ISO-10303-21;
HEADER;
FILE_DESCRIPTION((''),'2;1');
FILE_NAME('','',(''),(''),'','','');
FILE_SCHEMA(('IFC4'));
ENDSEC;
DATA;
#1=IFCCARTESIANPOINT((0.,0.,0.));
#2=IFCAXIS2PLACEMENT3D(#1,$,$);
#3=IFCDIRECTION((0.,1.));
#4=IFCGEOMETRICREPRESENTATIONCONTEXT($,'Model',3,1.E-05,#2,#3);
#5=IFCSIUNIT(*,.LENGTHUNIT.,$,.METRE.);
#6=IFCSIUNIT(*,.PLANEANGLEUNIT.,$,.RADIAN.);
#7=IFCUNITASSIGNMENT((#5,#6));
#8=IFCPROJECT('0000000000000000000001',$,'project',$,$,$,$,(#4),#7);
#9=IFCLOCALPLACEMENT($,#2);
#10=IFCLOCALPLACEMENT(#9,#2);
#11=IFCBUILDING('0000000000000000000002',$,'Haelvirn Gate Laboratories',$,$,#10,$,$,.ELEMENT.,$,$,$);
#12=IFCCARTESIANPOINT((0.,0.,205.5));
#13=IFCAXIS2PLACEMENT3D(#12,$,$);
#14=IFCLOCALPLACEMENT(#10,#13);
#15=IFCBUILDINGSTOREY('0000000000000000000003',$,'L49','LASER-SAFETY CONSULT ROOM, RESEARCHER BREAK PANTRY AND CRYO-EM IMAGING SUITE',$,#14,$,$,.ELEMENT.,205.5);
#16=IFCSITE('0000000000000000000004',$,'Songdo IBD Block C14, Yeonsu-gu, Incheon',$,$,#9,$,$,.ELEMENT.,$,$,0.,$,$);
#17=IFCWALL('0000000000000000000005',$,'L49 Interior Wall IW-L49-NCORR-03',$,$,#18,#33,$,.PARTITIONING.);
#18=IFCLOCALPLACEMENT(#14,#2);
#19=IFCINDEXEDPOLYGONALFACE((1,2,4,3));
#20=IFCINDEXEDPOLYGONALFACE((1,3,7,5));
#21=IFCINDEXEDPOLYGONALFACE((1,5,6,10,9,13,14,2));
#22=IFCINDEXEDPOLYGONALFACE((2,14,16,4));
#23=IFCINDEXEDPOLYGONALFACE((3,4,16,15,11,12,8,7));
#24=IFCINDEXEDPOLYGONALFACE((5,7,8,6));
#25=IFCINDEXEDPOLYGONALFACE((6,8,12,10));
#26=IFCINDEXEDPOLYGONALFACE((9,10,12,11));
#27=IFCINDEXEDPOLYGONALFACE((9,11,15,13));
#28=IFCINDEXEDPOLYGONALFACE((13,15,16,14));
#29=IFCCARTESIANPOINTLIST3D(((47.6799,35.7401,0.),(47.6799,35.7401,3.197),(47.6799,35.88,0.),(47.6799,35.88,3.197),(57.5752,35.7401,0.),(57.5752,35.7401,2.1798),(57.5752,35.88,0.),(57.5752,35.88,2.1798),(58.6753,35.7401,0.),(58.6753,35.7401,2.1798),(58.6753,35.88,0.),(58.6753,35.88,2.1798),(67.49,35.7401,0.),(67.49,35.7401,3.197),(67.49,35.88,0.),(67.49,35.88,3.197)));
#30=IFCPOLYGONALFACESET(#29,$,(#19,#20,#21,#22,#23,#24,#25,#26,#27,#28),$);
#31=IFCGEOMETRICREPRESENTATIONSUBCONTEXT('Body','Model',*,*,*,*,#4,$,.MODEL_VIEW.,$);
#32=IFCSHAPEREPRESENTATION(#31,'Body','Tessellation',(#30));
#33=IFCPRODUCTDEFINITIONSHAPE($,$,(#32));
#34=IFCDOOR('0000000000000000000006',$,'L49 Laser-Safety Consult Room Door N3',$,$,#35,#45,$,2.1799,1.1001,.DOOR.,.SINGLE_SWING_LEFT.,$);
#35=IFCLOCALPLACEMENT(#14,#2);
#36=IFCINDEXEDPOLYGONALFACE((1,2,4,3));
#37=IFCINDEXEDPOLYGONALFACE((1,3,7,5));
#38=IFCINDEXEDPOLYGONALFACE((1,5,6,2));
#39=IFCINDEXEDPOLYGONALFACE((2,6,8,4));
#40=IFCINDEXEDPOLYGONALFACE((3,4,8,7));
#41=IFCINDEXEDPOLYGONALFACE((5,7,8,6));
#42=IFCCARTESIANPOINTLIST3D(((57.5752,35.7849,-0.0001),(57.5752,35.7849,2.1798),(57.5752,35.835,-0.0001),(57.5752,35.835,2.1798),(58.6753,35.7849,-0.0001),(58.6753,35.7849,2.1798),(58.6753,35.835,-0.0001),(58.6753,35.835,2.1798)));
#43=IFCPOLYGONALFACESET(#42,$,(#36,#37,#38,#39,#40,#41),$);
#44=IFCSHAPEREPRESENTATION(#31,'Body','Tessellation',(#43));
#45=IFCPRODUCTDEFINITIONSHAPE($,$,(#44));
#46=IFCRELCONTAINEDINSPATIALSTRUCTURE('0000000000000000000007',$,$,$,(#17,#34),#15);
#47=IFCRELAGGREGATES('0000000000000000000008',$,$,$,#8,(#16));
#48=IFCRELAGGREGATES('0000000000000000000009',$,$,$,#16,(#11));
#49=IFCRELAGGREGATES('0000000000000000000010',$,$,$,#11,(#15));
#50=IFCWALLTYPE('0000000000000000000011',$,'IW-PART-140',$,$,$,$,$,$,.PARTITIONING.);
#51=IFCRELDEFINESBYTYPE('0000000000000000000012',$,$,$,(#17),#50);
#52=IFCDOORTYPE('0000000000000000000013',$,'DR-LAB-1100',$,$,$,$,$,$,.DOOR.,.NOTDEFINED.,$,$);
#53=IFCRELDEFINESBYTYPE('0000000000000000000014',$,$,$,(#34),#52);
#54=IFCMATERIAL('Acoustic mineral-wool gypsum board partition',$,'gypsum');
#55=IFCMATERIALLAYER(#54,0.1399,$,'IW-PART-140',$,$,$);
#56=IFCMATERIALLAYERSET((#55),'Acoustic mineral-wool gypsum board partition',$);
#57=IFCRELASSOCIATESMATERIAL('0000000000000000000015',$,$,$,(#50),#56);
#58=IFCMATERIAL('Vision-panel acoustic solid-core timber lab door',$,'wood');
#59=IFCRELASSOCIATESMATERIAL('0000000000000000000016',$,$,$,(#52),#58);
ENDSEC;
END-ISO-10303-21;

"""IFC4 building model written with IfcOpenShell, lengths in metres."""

from ifc_helpers import new_model, si_unit, direction, frame, frame_2d, origin, place, context, subcontext, project, spatial, rectangle, extrude, source, transform, mapped, material, layer, layer_set, type_object, type_shapes, element, fill, save


model = new_model("IFC4")

# Units and contexts
model_context = context("Model", 3, precision=1e-05, world=origin(), true_north=direction((0.0, 1.0)))
body_context = subcontext(model_context, "Body", "Model", "MODEL_VIEW")
ifc_project = project(units=[si_unit("LENGTHUNIT", "METRE"), si_unit("PLANEANGLEUNIT", "RADIAN")], contexts=[model_context])

# Site, building, storey
site_placement = place(None, origin())
site = spatial("IfcSite", under=ifc_project, at=site_placement, Name="Songdo IBD Block C14, Yeonsu-gu, Incheon", CompositionType="ELEMENT", RefElevation=0.0)
building_placement = place(site_placement, origin())
building = spatial("IfcBuilding", under=site, at=building_placement, Name="Haelvirn Gate Laboratories", CompositionType="ELEMENT")
storey_placement = place(building_placement, frame((0.0, 0.0, 205.5)))
storey = spatial("IfcBuildingStorey", under=building, at=storey_placement, Name="L49", Description="LASER-SAFETY CONSULT ROOM, RESEARCHER BREAK PANTRY AND CRYO-EM IMAGING SUITE", CompositionType="ELEMENT", Elevation=205.5)

# Wall, opening, door
ifc_material_1 = material(Name="Acoustic mineral-wool gypsum board partition", Category="gypsum")
ifc_layer_1 = layer(ifc_material_1, 0.1399, Name="IW-PART-140")
ifc_layer_set_1 = layer_set([ifc_layer_1], Name="Acoustic mineral-wool gypsum board partition")
wall_type_1 = type_object("IfcWallType", Name="IW-PART-140", PredefinedType="PARTITIONING", material=ifc_layer_set_1)
wall_1_placement = place(storey_placement, frame((47.6799, 35.8101, 0.0), z_axis=(0.0, 0.0, 1.0), x_axis=(1.0, 0.0, 0.0)))
wall_1 = element("IfcWall", 1, at=wall_1_placement, inside=storey, type_object=wall_type_1, Name="L49 Interior Wall IW-L49-NCORR-03", PredefinedType="PARTITIONING", context=body_context, shape_type="SweptSolid", body=[
    extrude(rectangle(XDim=19.8101, YDim=0.1399, at=frame_2d((9.905, 0.0))), origin(), (0.0, 0.0, 1.0), 3.197),
])
opening_placement = place(wall_1_placement, frame((9.8953, 0.0, 0.0)))
opening = element("IfcOpeningElement", 2, at=opening_placement, cuts=wall_1, PredefinedType="OPENING", context=body_context, shape_type="SweptSolid", body=[
    extrude(rectangle(XDim=1.1001, YDim=2.1799, at=frame_2d((0.55, 1.0898))), frame((0.0, 0.0801, 0.0), z_axis=(0.0, -1.0, 0.0), x_axis=(1.0, 0.0, 0.0)), (0.0, 0.0, 1.0), 0.1599),
])
ifc_material_2 = material(Name="Vision-panel acoustic solid-core timber lab door", Category="wood")
door_type = type_object("IfcDoorType", Name="DR-LAB-1100", OperationType="NOTDEFINED", PredefinedType="DOOR", material=ifc_material_2)
shared_shape_1 = source(origin(), body_context, "Body", "SweptSolid", [
    extrude(rectangle(XDim=1.1001, YDim=2.1799, at=frame_2d((0.55, 1.0898))), frame((0.0, 0.0249, 0.0), z_axis=(0.0, -1.0, 0.0), x_axis=(1.0, 0.0, 0.0)), (0.0, 0.0, 1.0), 0.05),
])
type_shapes(door_type, [shared_shape_1])
door_placement = place(opening_placement, origin())
door = element("IfcDoor", 3, at=door_placement, inside=storey, type_object=door_type, Name="L49 Laser-Safety Consult Room Door N3", OperationType="SINGLE_SWING_LEFT", OverallHeight=2.1799, OverallWidth=1.1001, PredefinedType="DOOR", context=body_context, shape_type="MappedRepresentation", body=[
    mapped(shared_shape_1, transform((0.0, 0.0, 0.0), scale=1.0)),
])
fill(opening, door)

save(model, "model.ifc")
